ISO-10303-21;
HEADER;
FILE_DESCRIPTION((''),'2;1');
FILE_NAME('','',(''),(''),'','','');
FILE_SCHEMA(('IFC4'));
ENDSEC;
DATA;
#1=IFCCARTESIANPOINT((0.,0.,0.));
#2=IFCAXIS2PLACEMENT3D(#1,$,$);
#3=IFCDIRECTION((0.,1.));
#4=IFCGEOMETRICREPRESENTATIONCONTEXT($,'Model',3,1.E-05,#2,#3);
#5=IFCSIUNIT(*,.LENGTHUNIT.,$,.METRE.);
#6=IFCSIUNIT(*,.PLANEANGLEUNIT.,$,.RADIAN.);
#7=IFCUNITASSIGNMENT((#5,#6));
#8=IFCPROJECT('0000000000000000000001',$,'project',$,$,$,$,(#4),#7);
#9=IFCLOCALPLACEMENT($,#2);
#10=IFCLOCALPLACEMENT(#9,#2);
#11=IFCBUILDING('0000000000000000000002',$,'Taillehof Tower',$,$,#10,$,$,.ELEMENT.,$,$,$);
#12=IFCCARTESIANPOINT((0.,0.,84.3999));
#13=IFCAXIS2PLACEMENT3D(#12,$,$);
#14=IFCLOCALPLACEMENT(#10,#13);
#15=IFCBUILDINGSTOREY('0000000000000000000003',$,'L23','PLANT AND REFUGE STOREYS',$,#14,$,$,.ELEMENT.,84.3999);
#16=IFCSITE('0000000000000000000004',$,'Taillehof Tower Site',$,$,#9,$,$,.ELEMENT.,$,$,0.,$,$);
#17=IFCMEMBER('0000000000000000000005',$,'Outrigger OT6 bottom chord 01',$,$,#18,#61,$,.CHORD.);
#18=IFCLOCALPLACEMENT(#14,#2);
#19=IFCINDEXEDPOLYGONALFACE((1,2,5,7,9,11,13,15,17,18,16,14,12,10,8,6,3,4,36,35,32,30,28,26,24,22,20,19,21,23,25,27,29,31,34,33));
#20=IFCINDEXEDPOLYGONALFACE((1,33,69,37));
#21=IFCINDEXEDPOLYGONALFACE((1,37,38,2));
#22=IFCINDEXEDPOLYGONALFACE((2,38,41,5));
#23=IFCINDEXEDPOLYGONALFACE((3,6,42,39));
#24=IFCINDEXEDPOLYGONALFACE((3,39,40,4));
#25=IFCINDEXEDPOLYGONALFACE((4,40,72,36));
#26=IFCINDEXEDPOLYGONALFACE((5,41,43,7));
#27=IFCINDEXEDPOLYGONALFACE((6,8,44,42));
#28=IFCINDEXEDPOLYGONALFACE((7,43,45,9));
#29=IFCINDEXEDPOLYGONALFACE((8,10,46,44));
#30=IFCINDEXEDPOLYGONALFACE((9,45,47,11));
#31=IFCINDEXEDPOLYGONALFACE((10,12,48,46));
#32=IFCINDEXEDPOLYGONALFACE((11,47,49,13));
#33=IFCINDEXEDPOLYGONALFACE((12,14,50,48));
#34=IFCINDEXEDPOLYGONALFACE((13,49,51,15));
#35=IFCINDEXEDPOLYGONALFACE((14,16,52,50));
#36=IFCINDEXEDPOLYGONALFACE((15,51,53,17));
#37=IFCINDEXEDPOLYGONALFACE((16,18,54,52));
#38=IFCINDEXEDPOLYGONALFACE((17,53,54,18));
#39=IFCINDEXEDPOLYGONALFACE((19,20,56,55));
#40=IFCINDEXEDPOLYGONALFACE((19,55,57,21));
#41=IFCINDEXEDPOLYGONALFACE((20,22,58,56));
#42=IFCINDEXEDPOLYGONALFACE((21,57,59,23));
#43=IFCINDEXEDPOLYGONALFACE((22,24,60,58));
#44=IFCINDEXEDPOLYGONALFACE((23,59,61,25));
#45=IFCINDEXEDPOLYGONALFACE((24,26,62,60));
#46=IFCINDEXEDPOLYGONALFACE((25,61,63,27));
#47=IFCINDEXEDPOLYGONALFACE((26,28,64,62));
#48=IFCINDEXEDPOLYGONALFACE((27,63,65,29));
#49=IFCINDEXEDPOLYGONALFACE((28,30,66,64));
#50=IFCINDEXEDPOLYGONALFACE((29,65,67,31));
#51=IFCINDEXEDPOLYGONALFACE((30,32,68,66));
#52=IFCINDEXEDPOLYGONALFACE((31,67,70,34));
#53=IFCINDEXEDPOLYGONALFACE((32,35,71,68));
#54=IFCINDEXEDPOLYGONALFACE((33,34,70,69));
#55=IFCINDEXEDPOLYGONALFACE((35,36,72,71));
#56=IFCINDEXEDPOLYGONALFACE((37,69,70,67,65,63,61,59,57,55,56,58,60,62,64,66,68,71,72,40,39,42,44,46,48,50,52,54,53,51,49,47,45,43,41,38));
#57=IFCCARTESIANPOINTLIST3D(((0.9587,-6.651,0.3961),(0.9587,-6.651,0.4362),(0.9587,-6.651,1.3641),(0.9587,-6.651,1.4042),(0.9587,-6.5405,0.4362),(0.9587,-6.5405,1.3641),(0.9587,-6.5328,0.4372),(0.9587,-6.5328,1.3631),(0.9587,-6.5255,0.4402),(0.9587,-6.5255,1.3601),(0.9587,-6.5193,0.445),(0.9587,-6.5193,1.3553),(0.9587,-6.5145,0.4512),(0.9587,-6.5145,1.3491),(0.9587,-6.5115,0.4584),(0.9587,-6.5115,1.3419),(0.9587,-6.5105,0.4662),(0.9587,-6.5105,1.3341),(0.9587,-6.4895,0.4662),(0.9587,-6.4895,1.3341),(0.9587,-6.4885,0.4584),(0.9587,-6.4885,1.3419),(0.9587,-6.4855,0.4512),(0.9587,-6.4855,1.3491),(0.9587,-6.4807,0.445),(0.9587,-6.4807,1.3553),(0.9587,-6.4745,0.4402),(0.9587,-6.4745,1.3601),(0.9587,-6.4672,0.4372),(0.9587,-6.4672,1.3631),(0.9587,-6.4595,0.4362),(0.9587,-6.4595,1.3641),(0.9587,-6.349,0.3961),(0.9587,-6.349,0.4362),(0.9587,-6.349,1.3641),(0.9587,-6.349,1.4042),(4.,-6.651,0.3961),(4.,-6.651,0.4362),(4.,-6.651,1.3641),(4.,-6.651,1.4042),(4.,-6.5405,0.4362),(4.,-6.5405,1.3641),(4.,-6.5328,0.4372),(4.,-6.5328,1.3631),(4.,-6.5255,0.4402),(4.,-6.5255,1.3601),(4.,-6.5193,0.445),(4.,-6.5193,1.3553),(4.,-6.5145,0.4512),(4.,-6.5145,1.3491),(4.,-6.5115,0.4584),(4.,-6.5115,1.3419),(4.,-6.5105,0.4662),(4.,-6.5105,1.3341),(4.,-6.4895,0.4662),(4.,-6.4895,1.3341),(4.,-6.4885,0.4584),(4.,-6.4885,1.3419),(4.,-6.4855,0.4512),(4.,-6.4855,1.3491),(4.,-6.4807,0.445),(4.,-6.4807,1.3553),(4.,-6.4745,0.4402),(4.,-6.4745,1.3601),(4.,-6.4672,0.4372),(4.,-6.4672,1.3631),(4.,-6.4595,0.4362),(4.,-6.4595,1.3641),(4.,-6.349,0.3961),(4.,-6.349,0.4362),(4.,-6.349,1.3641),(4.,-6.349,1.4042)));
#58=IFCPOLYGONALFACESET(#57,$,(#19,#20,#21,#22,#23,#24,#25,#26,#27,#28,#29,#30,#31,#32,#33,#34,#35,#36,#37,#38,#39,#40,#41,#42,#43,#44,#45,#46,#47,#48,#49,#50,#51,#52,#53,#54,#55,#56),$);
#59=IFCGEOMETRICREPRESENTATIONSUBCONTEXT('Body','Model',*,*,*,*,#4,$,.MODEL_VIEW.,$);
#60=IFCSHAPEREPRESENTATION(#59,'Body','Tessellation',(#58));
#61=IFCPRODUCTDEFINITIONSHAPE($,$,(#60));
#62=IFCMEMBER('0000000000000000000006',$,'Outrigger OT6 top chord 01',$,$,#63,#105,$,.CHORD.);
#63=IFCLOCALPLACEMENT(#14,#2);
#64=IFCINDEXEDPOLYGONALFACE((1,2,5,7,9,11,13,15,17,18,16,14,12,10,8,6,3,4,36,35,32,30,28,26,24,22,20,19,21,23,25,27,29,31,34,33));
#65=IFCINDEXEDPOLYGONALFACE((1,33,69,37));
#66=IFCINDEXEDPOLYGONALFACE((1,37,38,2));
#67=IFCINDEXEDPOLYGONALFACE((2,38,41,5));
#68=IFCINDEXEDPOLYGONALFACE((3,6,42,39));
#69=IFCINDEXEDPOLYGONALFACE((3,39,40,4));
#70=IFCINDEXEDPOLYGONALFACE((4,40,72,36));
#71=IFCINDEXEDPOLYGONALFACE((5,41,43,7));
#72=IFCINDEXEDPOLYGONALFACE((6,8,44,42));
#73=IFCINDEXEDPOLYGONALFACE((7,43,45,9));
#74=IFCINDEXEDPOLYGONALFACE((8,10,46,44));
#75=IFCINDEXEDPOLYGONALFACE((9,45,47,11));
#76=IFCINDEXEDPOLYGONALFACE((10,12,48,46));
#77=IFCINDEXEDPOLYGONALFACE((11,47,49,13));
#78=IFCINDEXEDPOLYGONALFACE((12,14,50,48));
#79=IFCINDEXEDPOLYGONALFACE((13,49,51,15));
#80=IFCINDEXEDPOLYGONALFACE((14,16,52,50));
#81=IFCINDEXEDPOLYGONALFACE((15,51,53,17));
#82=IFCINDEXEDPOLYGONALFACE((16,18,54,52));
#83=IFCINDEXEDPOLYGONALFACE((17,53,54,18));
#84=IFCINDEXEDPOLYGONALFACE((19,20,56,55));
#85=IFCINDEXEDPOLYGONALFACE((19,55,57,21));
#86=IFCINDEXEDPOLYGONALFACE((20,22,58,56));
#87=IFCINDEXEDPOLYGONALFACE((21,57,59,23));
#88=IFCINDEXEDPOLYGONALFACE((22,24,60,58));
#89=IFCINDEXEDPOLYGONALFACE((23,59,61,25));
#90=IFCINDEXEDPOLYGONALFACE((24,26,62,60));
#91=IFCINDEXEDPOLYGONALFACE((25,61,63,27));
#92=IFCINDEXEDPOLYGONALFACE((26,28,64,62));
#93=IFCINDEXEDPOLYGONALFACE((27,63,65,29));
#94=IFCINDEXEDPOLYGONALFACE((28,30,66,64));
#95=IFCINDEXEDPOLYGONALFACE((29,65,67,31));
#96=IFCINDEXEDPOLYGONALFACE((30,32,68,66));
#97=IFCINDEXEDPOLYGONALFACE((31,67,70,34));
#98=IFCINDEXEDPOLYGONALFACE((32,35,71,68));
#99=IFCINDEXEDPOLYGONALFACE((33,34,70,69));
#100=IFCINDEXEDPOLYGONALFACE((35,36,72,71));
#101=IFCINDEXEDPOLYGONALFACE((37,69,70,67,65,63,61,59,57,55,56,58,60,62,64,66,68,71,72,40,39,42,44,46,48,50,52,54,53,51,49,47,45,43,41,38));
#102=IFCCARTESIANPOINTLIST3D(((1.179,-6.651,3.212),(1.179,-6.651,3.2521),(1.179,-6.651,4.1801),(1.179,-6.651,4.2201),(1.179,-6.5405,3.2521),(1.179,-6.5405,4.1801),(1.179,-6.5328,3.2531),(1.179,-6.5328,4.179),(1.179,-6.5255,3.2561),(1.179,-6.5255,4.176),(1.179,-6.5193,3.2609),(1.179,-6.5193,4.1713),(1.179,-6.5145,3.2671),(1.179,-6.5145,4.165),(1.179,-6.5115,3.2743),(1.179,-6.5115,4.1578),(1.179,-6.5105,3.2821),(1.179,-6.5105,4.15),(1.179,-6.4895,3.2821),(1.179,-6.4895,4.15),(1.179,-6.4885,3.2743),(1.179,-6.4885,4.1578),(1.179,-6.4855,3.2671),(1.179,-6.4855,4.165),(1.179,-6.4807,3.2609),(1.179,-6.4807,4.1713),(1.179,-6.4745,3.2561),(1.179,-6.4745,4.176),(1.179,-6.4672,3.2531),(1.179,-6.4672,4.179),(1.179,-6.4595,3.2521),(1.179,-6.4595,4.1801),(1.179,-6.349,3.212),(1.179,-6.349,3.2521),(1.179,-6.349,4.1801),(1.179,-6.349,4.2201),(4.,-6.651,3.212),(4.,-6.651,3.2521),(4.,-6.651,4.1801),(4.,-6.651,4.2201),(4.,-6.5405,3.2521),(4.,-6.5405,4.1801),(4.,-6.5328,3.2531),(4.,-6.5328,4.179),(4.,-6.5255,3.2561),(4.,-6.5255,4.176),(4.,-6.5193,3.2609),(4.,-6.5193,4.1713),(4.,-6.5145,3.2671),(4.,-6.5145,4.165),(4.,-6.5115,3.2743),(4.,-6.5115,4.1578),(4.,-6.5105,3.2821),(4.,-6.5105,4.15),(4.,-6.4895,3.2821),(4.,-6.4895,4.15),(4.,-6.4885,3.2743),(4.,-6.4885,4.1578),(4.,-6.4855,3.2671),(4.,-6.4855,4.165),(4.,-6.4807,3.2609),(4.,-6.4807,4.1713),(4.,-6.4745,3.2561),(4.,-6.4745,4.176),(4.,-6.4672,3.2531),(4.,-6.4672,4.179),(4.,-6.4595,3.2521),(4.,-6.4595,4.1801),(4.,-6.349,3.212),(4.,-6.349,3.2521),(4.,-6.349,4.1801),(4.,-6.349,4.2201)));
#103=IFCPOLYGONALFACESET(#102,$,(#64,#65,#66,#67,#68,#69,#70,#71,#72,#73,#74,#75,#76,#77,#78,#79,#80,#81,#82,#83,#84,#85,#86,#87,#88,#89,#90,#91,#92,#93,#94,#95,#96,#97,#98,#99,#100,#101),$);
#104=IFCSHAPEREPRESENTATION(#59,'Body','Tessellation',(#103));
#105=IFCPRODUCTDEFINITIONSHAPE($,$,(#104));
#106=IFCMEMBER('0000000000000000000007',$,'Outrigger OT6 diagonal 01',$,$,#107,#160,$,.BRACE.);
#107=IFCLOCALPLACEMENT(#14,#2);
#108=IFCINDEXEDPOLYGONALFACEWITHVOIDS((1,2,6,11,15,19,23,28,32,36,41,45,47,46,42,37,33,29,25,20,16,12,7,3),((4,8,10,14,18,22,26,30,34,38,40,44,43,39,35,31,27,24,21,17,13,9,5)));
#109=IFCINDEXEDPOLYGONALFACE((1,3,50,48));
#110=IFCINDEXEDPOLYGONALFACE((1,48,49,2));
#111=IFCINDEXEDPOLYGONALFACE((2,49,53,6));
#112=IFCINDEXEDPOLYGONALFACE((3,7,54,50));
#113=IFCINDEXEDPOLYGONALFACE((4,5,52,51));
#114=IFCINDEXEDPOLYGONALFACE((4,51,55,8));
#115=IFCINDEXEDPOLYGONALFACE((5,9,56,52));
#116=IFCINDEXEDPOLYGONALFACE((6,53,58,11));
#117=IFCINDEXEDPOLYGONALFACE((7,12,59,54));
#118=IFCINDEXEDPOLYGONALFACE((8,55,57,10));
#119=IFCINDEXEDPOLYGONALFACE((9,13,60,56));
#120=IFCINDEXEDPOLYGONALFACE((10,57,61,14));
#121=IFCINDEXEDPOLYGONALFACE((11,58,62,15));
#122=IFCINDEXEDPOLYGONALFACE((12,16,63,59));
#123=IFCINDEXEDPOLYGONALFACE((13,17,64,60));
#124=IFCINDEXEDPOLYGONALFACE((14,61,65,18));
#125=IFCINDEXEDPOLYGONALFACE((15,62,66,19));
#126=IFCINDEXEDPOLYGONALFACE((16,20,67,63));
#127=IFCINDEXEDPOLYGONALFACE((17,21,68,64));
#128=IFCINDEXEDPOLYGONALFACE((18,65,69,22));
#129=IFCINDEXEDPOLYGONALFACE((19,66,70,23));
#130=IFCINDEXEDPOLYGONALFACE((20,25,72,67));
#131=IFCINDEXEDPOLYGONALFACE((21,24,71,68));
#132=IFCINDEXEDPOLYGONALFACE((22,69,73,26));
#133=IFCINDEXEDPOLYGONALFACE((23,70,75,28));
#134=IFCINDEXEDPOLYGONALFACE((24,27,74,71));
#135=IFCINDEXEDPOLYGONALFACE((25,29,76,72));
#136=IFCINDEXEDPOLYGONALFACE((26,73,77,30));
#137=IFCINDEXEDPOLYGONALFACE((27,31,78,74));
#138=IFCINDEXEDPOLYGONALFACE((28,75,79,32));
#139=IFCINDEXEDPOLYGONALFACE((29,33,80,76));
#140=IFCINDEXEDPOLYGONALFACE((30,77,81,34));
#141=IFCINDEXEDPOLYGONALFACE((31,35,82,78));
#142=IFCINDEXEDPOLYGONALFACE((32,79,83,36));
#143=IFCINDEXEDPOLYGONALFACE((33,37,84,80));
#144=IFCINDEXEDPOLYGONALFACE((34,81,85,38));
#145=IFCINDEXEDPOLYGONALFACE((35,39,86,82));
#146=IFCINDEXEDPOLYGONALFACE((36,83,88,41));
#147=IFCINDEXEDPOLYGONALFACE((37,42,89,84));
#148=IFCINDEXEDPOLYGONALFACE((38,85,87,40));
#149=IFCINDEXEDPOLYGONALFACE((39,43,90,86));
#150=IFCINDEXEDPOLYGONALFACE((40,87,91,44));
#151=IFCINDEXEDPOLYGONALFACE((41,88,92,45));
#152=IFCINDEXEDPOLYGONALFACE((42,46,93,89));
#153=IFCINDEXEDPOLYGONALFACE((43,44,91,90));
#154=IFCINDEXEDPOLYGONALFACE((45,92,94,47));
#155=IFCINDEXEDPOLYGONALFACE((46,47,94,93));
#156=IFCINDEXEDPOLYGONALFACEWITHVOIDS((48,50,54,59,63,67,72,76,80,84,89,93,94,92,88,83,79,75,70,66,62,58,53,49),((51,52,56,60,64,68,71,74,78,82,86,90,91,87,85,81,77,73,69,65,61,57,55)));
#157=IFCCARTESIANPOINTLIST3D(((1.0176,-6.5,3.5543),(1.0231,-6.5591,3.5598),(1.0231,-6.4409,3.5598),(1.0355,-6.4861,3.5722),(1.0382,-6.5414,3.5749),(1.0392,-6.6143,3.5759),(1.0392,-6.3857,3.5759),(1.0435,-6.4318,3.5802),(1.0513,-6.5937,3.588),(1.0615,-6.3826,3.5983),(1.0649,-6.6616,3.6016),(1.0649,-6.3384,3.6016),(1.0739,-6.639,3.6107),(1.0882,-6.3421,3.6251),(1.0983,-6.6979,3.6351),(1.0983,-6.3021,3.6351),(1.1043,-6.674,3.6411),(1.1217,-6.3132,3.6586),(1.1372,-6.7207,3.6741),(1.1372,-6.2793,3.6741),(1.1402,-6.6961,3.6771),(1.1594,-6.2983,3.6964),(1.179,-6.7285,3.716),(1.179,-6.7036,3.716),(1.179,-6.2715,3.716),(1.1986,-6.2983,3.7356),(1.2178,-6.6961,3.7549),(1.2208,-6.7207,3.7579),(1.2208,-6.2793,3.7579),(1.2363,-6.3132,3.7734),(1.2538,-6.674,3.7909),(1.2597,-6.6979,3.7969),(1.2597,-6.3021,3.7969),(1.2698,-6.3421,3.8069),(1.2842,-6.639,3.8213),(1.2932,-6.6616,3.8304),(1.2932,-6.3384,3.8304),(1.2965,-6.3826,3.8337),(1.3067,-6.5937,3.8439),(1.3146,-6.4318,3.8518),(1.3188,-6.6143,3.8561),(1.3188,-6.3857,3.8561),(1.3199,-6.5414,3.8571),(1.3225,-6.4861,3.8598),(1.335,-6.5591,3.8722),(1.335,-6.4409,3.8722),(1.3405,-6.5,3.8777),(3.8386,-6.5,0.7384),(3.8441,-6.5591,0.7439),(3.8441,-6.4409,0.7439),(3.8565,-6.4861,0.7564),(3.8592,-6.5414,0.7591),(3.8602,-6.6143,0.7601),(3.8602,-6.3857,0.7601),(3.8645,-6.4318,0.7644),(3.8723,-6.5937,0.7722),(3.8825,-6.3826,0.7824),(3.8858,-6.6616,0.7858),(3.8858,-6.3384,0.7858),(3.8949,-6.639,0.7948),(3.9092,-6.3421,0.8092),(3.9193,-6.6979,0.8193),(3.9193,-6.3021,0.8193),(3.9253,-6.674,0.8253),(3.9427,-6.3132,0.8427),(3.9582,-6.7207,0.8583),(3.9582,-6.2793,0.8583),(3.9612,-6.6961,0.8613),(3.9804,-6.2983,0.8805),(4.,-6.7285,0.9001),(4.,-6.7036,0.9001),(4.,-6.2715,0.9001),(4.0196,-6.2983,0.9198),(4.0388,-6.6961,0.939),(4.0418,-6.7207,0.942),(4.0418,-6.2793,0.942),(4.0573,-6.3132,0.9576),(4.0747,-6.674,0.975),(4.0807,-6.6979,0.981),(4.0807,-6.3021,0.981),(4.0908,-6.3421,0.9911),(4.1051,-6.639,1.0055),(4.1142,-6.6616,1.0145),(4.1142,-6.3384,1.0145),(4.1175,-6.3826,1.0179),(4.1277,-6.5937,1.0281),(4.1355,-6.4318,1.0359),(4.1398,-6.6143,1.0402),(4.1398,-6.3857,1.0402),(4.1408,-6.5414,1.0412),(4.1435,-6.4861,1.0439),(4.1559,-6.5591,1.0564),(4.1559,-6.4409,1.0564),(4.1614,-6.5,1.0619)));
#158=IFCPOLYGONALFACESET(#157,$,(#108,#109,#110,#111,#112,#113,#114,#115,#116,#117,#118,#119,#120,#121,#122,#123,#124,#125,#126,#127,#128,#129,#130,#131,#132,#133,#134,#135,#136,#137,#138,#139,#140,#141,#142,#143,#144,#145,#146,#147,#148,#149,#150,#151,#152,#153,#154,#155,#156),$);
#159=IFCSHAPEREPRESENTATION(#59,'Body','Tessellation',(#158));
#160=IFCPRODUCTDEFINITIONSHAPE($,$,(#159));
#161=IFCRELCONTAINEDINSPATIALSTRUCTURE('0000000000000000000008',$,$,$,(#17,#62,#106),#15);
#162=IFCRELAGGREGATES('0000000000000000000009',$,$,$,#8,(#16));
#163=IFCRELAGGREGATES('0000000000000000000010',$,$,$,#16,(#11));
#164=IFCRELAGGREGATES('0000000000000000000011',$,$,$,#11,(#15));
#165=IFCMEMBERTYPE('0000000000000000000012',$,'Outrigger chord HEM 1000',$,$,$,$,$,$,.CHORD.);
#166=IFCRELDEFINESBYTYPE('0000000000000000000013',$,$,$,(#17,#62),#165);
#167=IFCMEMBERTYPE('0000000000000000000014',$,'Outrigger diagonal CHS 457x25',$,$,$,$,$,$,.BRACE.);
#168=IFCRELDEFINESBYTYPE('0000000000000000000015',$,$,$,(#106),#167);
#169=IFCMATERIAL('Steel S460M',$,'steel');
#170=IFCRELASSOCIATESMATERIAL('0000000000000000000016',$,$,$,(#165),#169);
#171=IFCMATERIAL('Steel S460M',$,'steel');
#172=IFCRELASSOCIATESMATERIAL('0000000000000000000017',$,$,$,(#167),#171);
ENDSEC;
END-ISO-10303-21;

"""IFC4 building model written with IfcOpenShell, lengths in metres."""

from ifc_helpers import new_model, si_unit, direction, frame, origin, origin_2d, place, context, subcontext, project, spatial, hollow_circle, i_section, extrude, material, material_profile, profile_set, type_object, element, save


model = new_model("IFC4")

# Units and contexts
model_context = context("Model", 3, precision=1e-05, world=origin(), true_north=direction((0.0, 1.0)))
body_context = subcontext(model_context, "Body", "Model", "MODEL_VIEW")
ifc_project = project(units=[si_unit("LENGTHUNIT", "METRE"), si_unit("PLANEANGLEUNIT", "RADIAN")], contexts=[model_context])

# Site, building, storey
site_placement = place(None, origin())
site = spatial("IfcSite", under=ifc_project, at=site_placement, Name="Taillehof Tower Site", CompositionType="ELEMENT", RefElevation=0.0)
building_placement = place(site_placement, origin())
building = spatial("IfcBuilding", under=site, at=building_placement, Name="Taillehof Tower", CompositionType="ELEMENT")
storey_placement = place(building_placement, frame((0.0, 0.0, 84.3999)))
storey = spatial("IfcBuildingStorey", under=building, at=storey_placement, Name="L23", Description="PLANT AND REFUGE STOREYS", CompositionType="ELEMENT", Elevation=84.3999)

# Members
ifc_material_1 = material(Name="Steel S460M", Category="steel")
ifc_material_profile_1 = material_profile(ifc_material_1, i_section(OverallWidth=0.302, OverallDepth=1.0081, WebThickness=0.021, FlangeThickness=0.04, FilletRadius=0.03, at=origin_2d()), Name="HEM 1000")
ifc_profile_set_1 = profile_set([ifc_material_profile_1], Name="Steel S460M")
member_type_1 = type_object("IfcMemberType", Name="Outrigger chord HEM 1000", PredefinedType="CHORD", material=ifc_profile_set_1)
member_1_placement = place(storey_placement, frame((4.0, -6.5, 0.9001), z_axis=(-1.0, 0.0, 0.0), x_axis=(0.0, -1.0, 0.0)))
element("IfcMember", 1, at=member_1_placement, inside=storey, type_object=member_type_1, Name="Outrigger OT6 bottom chord 01", PredefinedType="CHORD", context=body_context, shape_type="SweptSolid", body=[
    extrude(i_section(OverallWidth=0.302, OverallDepth=1.0081, WebThickness=0.021, FlangeThickness=0.04, FilletRadius=0.03, at=origin_2d()), origin(), (0.0, 0.0, 1.0), 3.0413),
])
member_2_placement = place(storey_placement, frame((4.0, -6.5, 3.7161), z_axis=(-1.0, 0.0, 0.0), x_axis=(0.0, -1.0, 0.0)))
element("IfcMember", 2, at=member_2_placement, inside=storey, type_object=member_type_1, Name="Outrigger OT6 top chord 01", PredefinedType="CHORD", context=body_context, shape_type="SweptSolid", body=[
    extrude(i_section(OverallWidth=0.302, OverallDepth=1.0081, WebThickness=0.021, FlangeThickness=0.04, FilletRadius=0.03, at=origin_2d()), origin(), (0.0, 0.0, 1.0), 2.821),
])
ifc_material_2 = material(Name="Steel S460M", Category="steel")
ifc_material_profile_2 = material_profile(ifc_material_2, hollow_circle(Radius=0.2285, WallThickness=0.0249, at=origin_2d()), Name="CHS 457x25")
ifc_profile_set_2 = profile_set([ifc_material_profile_2], Name="Steel S460M")
member_type_2 = type_object("IfcMemberType", Name="Outrigger diagonal CHS 457x25", PredefinedType="BRACE", material=ifc_profile_set_2)
member_3_placement = place(storey_placement, frame((4.0, -6.5, 0.9001), z_axis=(-0.70775, 0.0, 0.706463), x_axis=(0.0, -1.0, 0.0)))
element("IfcMember", 3, at=member_3_placement, inside=storey, type_object=member_type_2, Name="Outrigger OT6 diagonal 01", PredefinedType="BRACE", context=body_context, shape_type="SweptSolid", body=[
    extrude(hollow_circle(Radius=0.2285, WallThickness=0.0249, at=origin_2d()), origin(), (0.0, 0.0, 1.0), 3.9858),
])

save(model, "model.ifc")
